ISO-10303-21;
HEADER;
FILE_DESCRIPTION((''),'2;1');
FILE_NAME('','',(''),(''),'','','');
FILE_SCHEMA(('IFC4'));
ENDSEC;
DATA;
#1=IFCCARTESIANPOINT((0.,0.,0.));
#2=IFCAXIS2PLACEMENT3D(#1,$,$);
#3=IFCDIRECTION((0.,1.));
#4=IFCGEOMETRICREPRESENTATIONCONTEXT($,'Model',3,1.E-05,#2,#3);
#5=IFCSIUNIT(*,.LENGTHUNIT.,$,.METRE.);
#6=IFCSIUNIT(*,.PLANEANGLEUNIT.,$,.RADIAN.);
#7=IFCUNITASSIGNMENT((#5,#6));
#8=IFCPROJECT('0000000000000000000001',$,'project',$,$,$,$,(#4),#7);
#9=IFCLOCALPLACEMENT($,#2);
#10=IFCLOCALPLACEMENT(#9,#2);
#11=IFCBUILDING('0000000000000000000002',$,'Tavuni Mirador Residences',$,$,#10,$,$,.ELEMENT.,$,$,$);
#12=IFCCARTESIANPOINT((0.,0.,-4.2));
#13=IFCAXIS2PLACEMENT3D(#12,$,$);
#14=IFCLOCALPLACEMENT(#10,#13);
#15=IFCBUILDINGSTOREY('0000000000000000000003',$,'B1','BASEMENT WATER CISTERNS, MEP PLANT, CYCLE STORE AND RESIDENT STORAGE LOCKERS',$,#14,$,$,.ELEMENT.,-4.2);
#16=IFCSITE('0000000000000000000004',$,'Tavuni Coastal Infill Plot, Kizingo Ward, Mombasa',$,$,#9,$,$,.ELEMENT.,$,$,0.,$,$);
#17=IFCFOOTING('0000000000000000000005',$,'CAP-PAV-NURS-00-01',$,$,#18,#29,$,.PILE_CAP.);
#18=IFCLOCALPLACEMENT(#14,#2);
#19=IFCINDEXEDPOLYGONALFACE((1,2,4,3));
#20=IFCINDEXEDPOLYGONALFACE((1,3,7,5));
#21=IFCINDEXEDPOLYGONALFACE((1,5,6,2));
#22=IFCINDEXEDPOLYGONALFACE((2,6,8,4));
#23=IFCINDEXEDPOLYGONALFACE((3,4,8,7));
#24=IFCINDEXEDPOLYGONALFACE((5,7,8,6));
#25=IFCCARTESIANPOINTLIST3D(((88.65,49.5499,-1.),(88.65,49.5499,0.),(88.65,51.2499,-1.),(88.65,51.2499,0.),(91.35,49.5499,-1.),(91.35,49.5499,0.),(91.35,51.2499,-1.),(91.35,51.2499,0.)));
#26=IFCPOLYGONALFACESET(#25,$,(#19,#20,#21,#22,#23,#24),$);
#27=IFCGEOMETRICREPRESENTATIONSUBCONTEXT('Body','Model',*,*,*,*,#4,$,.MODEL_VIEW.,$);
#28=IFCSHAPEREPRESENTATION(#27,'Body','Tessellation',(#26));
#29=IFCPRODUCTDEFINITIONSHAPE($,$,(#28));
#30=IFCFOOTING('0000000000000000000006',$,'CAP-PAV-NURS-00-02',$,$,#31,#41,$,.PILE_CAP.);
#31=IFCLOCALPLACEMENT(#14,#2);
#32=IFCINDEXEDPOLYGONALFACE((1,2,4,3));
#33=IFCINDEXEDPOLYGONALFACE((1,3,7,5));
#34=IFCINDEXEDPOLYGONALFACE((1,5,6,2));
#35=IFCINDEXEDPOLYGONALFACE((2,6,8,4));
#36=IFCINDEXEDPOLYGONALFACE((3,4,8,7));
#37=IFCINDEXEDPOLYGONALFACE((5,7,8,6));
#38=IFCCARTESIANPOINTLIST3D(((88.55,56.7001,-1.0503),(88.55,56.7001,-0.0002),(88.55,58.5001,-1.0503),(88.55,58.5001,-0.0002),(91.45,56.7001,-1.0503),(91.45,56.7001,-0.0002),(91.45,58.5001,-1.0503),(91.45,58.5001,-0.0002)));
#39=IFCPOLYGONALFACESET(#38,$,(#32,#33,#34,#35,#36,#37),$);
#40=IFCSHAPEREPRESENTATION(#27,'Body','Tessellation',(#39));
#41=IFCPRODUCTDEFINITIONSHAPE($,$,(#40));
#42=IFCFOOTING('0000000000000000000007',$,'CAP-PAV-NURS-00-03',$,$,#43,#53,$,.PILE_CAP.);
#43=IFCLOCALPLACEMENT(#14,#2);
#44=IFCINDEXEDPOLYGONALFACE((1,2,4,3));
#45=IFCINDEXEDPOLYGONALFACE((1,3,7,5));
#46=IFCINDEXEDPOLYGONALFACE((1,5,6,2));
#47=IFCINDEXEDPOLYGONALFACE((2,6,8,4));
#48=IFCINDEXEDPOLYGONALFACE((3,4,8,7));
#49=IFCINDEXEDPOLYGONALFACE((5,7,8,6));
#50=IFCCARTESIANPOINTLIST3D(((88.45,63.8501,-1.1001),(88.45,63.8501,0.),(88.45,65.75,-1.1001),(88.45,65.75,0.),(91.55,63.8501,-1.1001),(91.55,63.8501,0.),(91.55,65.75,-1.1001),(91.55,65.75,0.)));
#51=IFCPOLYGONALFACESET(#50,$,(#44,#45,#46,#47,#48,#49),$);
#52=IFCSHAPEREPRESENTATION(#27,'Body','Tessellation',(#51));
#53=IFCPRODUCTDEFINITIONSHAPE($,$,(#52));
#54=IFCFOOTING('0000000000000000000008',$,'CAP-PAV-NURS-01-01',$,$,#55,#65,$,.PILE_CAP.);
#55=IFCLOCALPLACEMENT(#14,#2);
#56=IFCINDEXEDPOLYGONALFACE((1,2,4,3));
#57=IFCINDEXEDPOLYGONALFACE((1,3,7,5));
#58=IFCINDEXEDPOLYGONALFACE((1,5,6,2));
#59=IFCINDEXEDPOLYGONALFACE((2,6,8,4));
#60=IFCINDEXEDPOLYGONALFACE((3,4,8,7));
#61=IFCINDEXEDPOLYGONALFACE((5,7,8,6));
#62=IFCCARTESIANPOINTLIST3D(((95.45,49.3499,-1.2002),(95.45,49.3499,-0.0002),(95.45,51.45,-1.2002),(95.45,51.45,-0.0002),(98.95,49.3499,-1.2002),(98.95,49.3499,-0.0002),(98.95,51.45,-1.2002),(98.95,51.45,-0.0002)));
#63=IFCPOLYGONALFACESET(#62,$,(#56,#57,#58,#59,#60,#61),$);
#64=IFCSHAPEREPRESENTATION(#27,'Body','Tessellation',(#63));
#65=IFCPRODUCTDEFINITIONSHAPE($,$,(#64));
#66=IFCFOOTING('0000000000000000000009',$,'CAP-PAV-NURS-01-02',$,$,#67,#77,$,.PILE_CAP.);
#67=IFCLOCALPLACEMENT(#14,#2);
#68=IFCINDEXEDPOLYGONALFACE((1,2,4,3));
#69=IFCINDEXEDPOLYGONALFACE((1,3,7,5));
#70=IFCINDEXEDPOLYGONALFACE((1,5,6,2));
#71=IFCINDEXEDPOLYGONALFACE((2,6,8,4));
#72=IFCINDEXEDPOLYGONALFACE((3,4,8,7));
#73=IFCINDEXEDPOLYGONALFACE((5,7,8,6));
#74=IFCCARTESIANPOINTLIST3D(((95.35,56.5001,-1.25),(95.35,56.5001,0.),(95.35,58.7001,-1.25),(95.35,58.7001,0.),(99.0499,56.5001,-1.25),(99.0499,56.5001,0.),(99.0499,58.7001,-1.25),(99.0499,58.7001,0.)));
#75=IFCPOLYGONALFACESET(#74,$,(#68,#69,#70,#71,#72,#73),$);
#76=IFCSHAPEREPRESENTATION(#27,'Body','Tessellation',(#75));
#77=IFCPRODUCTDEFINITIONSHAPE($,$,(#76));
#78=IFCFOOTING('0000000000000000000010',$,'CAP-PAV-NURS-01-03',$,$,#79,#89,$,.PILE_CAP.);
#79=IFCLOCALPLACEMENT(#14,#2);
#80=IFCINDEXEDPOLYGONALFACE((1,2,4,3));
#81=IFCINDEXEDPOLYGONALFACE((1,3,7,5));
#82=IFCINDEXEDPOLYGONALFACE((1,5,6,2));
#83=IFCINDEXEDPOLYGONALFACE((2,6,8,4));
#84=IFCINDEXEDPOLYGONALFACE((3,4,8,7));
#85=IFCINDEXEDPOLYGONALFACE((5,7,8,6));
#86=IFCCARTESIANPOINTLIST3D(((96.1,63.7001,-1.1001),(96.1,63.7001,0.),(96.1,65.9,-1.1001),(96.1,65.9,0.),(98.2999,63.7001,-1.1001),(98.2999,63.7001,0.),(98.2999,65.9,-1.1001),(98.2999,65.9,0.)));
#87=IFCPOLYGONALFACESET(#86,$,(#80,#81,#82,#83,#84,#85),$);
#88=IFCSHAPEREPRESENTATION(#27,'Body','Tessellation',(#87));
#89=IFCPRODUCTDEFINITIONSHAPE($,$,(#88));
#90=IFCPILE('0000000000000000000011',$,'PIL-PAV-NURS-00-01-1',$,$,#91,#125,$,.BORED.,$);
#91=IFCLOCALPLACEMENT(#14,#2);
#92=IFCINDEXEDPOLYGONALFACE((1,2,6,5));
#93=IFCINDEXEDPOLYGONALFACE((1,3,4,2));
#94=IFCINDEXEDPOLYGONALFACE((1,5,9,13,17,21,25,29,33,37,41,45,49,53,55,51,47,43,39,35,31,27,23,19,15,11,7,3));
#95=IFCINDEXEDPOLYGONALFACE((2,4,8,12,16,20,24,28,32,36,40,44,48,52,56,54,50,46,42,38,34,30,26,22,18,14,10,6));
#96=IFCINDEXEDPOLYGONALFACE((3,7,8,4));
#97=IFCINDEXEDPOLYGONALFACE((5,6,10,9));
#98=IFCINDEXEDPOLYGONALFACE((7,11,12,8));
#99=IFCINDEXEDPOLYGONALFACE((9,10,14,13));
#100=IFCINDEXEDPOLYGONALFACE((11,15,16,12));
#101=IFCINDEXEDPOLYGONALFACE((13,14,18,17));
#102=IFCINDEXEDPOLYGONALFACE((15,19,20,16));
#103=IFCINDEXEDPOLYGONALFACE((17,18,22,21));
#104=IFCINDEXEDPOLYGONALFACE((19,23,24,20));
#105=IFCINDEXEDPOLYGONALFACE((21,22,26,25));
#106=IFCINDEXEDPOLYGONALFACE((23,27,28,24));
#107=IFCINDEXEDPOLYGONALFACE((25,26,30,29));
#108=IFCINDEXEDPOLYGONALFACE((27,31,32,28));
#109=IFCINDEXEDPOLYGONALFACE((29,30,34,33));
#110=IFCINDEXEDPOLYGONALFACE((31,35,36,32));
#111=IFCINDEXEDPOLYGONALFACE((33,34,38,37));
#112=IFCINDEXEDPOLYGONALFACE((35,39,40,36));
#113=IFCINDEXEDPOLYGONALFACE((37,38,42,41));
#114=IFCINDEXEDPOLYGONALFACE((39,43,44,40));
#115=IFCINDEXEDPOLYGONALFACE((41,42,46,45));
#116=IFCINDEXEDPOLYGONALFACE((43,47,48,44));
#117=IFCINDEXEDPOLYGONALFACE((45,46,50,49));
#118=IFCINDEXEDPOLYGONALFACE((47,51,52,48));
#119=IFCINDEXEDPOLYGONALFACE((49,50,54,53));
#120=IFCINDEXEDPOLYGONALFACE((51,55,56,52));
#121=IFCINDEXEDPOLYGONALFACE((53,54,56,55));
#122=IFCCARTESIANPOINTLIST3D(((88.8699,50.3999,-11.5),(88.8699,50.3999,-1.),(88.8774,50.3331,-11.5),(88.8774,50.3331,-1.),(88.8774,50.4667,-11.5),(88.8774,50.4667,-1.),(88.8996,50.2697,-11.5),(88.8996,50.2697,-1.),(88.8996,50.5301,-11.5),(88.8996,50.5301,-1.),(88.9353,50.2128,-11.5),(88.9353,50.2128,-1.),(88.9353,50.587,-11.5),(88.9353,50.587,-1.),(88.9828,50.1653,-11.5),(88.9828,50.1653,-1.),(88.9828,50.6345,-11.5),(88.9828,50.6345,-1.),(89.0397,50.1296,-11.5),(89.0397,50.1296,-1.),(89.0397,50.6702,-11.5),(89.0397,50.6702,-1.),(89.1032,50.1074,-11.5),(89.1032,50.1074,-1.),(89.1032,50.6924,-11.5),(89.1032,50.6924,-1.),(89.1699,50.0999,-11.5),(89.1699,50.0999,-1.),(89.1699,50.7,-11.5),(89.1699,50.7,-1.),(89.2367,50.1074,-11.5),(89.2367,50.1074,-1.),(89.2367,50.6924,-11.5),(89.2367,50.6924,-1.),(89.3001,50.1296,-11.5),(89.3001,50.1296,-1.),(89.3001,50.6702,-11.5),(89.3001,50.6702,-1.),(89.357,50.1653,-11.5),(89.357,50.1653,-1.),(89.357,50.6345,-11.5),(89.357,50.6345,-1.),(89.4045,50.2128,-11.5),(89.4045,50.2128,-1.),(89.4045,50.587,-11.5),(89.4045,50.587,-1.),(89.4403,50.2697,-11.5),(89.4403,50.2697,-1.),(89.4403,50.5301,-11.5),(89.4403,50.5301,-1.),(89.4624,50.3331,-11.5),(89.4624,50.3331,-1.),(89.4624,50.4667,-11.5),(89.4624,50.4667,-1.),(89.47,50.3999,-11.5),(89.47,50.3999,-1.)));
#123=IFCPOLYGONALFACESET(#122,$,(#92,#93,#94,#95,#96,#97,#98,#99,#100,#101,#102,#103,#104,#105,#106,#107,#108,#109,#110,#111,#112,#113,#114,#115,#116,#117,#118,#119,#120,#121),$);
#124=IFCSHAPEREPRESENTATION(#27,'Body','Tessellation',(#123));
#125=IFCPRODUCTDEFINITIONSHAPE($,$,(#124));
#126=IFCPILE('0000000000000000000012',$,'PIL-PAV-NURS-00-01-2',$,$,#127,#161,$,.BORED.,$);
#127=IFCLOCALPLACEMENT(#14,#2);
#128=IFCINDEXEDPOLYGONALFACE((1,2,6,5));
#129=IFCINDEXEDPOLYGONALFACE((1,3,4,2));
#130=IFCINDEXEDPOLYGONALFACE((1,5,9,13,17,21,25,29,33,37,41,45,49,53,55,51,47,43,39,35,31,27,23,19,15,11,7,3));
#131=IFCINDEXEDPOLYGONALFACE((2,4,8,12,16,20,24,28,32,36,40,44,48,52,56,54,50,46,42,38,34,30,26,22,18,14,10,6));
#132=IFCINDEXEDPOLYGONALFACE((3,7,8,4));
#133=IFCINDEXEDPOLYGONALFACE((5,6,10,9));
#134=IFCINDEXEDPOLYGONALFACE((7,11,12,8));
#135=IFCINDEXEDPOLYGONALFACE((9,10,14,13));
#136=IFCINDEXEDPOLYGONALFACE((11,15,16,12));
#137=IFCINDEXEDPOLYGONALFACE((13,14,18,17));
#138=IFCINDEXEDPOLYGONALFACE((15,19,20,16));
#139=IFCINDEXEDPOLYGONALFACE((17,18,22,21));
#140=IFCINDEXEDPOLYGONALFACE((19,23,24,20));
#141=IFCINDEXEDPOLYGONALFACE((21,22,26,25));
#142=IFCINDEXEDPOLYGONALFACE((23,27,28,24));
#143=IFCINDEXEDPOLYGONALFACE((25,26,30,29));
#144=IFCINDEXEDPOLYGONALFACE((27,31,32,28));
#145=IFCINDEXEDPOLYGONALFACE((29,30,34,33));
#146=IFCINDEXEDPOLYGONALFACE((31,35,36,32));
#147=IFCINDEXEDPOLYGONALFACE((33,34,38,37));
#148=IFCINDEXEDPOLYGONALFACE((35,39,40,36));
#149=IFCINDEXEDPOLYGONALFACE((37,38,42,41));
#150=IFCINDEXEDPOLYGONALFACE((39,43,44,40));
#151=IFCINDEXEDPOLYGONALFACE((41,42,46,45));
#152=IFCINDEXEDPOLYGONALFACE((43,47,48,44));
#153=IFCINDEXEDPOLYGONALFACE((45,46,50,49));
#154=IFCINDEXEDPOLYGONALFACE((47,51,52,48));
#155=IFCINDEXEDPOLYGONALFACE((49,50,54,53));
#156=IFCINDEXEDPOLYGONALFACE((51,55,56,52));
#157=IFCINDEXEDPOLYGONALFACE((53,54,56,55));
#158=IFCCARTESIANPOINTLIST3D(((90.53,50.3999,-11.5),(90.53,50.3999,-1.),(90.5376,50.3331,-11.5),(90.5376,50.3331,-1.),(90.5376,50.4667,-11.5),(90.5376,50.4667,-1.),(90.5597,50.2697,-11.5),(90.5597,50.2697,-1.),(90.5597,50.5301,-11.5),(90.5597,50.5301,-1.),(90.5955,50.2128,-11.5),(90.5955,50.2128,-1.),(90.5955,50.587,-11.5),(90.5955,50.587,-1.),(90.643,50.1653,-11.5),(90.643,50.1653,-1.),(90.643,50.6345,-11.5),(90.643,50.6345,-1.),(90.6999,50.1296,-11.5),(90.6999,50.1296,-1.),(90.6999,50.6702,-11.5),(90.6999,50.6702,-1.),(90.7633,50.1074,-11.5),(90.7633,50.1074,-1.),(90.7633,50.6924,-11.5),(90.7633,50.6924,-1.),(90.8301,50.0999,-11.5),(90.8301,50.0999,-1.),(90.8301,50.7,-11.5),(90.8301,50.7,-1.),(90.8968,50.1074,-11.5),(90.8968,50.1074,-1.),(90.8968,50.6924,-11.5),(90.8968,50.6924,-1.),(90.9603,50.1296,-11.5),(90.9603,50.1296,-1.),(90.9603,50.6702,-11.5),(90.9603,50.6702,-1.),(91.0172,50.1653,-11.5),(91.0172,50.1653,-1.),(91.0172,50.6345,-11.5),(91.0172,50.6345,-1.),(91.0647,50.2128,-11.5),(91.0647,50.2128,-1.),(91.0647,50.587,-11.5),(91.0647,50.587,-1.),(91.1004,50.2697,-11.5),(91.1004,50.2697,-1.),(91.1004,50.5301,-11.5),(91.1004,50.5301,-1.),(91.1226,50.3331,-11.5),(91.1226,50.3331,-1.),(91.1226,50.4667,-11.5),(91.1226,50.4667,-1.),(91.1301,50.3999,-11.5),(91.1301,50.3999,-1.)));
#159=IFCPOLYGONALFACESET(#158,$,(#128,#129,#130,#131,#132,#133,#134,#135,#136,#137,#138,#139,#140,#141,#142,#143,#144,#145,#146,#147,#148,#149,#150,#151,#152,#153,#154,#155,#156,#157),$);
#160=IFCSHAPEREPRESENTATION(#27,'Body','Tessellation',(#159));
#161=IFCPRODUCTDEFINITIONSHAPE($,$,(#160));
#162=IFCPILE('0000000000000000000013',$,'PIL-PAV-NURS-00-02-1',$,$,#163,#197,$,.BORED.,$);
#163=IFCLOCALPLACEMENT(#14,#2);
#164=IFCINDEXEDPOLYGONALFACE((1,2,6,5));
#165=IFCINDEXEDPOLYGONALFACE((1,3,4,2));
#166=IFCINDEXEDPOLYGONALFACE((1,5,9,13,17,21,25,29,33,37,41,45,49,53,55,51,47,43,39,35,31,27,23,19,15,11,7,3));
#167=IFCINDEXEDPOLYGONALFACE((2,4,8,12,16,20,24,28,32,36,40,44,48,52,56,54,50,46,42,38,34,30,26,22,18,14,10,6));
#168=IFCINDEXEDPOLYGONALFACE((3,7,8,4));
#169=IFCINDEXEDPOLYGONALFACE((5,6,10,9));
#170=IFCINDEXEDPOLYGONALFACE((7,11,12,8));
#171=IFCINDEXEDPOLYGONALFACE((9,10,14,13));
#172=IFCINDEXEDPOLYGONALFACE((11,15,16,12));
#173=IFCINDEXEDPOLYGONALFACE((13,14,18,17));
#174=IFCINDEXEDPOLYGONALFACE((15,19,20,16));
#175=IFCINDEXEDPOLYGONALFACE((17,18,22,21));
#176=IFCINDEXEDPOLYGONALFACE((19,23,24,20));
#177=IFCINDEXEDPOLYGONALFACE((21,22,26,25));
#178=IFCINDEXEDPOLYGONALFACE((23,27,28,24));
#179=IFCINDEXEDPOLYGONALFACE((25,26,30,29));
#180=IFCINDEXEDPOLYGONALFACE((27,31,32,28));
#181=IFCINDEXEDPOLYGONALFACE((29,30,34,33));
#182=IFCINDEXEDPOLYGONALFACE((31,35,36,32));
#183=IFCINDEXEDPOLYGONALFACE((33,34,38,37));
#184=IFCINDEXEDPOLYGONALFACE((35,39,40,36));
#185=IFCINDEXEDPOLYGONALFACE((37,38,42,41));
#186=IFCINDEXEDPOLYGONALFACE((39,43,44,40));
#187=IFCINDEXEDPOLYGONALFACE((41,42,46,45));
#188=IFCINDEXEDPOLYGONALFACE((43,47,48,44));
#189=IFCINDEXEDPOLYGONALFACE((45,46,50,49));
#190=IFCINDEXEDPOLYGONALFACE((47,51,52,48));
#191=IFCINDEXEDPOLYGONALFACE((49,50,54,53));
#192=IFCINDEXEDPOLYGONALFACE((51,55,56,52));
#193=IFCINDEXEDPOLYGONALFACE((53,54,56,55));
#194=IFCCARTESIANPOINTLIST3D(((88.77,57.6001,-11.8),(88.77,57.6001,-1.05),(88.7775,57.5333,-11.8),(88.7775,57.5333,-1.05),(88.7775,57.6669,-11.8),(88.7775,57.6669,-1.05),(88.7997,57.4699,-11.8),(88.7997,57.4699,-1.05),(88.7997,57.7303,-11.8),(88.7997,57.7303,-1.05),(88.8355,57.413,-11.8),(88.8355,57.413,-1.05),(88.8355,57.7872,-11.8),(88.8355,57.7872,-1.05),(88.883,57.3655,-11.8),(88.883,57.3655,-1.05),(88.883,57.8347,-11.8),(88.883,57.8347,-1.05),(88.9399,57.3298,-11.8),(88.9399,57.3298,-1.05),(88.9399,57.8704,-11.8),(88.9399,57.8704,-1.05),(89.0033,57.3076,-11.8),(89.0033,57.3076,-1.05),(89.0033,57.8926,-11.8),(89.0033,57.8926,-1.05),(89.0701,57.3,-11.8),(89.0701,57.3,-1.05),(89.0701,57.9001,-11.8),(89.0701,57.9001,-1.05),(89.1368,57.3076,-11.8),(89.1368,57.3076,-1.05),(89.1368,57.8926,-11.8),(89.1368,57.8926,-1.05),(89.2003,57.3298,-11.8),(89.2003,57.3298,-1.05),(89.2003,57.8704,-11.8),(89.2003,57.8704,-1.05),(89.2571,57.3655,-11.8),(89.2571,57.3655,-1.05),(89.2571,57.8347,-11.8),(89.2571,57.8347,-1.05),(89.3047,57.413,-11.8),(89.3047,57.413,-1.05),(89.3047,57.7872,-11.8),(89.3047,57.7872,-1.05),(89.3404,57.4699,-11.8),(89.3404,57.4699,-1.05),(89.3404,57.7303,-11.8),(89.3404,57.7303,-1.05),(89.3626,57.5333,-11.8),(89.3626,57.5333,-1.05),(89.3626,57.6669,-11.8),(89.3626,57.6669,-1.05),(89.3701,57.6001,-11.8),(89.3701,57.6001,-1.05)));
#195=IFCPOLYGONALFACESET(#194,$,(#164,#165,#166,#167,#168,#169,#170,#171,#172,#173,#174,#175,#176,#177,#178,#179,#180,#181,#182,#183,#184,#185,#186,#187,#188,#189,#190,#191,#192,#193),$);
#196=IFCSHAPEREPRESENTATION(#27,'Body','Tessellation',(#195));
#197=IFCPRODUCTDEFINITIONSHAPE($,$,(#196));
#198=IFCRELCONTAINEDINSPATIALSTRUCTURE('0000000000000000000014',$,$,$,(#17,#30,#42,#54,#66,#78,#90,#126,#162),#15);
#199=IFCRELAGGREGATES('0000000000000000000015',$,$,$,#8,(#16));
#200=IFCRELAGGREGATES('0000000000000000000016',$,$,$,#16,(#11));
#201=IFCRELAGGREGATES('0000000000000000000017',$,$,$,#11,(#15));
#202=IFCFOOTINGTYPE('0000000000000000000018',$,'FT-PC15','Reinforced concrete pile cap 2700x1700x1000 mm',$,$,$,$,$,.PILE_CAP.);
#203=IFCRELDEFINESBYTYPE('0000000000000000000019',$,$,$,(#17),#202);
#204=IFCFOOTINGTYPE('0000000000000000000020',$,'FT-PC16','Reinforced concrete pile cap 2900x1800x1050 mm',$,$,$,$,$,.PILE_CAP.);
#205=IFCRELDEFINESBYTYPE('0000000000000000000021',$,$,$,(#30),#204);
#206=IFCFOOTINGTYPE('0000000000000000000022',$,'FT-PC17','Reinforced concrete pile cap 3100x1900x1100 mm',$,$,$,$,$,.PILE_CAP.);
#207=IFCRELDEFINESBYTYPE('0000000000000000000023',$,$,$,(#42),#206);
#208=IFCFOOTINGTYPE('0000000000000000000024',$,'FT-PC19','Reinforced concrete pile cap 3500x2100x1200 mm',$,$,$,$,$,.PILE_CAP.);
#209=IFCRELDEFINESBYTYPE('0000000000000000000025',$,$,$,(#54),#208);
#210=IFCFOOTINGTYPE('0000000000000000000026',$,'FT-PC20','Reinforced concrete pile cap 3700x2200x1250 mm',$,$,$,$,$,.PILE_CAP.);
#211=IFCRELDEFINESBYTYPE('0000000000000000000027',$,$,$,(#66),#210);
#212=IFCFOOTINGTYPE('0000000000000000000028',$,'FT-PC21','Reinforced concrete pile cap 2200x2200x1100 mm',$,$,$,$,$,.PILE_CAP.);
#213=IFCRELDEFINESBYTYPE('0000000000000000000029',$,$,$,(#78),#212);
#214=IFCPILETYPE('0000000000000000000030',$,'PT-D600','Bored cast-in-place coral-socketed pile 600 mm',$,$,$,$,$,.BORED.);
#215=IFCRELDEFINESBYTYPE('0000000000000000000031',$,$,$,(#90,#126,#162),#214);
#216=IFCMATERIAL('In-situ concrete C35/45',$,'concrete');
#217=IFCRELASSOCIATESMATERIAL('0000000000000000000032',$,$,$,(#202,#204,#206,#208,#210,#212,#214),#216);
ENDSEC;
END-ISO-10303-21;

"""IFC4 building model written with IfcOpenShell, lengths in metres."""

from ifc_helpers import new_model, si_unit, direction, frame, origin, origin_2d, place, context, subcontext, project, spatial, rectangle, circle, extrude, material, material_profile, profile_set, type_object, element, save


model = new_model("IFC4")

# Units and contexts
model_context = context("Model", 3, precision=1e-05, world=origin(), true_north=direction((0.0, 1.0)))
body_context = subcontext(model_context, "Body", "Model", "MODEL_VIEW")
ifc_project = project(units=[si_unit("LENGTHUNIT", "METRE"), si_unit("PLANEANGLEUNIT", "RADIAN")], contexts=[model_context])

# Site, building, storey
site_placement = place(None, origin())
site = spatial("IfcSite", under=ifc_project, at=site_placement, Name="Tavuni Coastal Infill Plot, Kizingo Ward, Mombasa", CompositionType="ELEMENT", RefElevation=0.0)
building_placement = place(site_placement, origin())
building = spatial("IfcBuilding", under=site, at=building_placement, Name="Tavuni Mirador Residences", CompositionType="ELEMENT")
storey_placement = place(building_placement, frame((0.0, 0.0, -4.2)))
storey = spatial("IfcBuildingStorey", under=building, at=storey_placement, Name="B1", Description="BASEMENT WATER CISTERNS, MEP PLANT, CYCLE STORE AND RESIDENT STORAGE LOCKERS", CompositionType="ELEMENT", Elevation=-4.2)

# Footings
ifc_material_1 = material(Name="In-situ concrete C35/45", Category="concrete")
footing_type_1 = type_object("IfcFootingType", Name="FT-PC15", Description="Reinforced concrete pile cap 2700x1700x1000 mm", PredefinedType="PILE_CAP", material=ifc_material_1)
footing_1_placement = place(storey_placement, frame((90.0, 50.3999, -1.0), z_axis=(0.0, 0.0, 1.0), x_axis=(1.0, 0.0, 0.0)))
element("IfcFooting", 1, at=footing_1_placement, inside=storey, type_object=footing_type_1, Name="CAP-PAV-NURS-00-01", PredefinedType="PILE_CAP", context=body_context, shape_type="SweptSolid", body=[
    extrude(rectangle(XDim=2.7, YDim=1.7, at=origin_2d()), origin(), (0.0, 0.0, 1.0), 1.0),
])
footing_type_2 = type_object("IfcFootingType", Name="FT-PC16", Description="Reinforced concrete pile cap 2900x1800x1050 mm", PredefinedType="PILE_CAP", material=ifc_material_1)
footing_2_placement = place(storey_placement, frame((90.0, 57.6001, -1.0503), z_axis=(0.0, 0.0, 1.0), x_axis=(1.0, 0.0, 0.0)))
element("IfcFooting", 2, at=footing_2_placement, inside=storey, type_object=footing_type_2, Name="CAP-PAV-NURS-00-02", PredefinedType="PILE_CAP", context=body_context, shape_type="SweptSolid", body=[
    extrude(rectangle(XDim=2.8999, YDim=1.8, at=origin_2d()), origin(), (0.0, 0.0, 1.0), 1.05),
])
footing_type_3 = type_object("IfcFootingType", Name="FT-PC17", Description="Reinforced concrete pile cap 3100x1900x1100 mm", PredefinedType="PILE_CAP", material=ifc_material_1)
footing_3_placement = place(storey_placement, frame((90.0, 64.8, -1.1001), z_axis=(0.0, 0.0, 1.0), x_axis=(1.0, 0.0, 0.0)))
element("IfcFooting", 3, at=footing_3_placement, inside=storey, type_object=footing_type_3, Name="CAP-PAV-NURS-00-03", PredefinedType="PILE_CAP", context=body_context, shape_type="SweptSolid", body=[
    extrude(rectangle(XDim=3.1001, YDim=1.8999, at=origin_2d()), origin(), (0.0, 0.0, 1.0), 1.1001),
])
footing_type_4 = type_object("IfcFootingType", Name="FT-PC19", Description="Reinforced concrete pile cap 3500x2100x1200 mm", PredefinedType="PILE_CAP", material=ifc_material_1)
footing_4_placement = place(storey_placement, frame((97.2, 50.3999, -1.2002), z_axis=(0.0, 0.0, 1.0), x_axis=(1.0, 0.0, 0.0)))
element("IfcFooting", 4, at=footing_4_placement, inside=storey, type_object=footing_type_4, Name="CAP-PAV-NURS-01-01", PredefinedType="PILE_CAP", context=body_context, shape_type="SweptSolid", body=[
    extrude(rectangle(XDim=3.5, YDim=2.1001, at=origin_2d()), origin(), (0.0, 0.0, 1.0), 1.2),
])
footing_type_5 = type_object("IfcFootingType", Name="FT-PC20", Description="Reinforced concrete pile cap 3700x2200x1250 mm", PredefinedType="PILE_CAP", material=ifc_material_1)
footing_5_placement = place(storey_placement, frame((97.2, 57.6001, -1.25), z_axis=(0.0, 0.0, 1.0), x_axis=(1.0, 0.0, 0.0)))
element("IfcFooting", 5, at=footing_5_placement, inside=storey, type_object=footing_type_5, Name="CAP-PAV-NURS-01-02", PredefinedType="PILE_CAP", context=body_context, shape_type="SweptSolid", body=[
    extrude(rectangle(XDim=3.7, YDim=2.2, at=origin_2d()), origin(), (0.0, 0.0, 1.0), 1.25),
])
footing_type_6 = type_object("IfcFootingType", Name="FT-PC21", Description="Reinforced concrete pile cap 2200x2200x1100 mm", PredefinedType="PILE_CAP", material=ifc_material_1)
footing_6_placement = place(storey_placement, frame((97.2, 64.8, -1.1001), z_axis=(0.0, 0.0, 1.0), x_axis=(1.0, 0.0, 0.0)))
element("IfcFooting", 6, at=footing_6_placement, inside=storey, type_object=footing_type_6, Name="CAP-PAV-NURS-01-03", PredefinedType="PILE_CAP", context=body_context, shape_type="SweptSolid", body=[
    extrude(rectangle(XDim=2.2, YDim=2.2, at=origin_2d()), origin(), (0.0, 0.0, 1.0), 1.1001),
])

# Piles
ifc_material_profile_1 = material_profile(ifc_material_1, circle(Radius=0.3, at=origin_2d()), Name="PILE D600", Category="concrete")
ifc_profile_set_1 = profile_set([ifc_material_profile_1], Name="In-situ concrete C35/45")
pile_type_1 = type_object("IfcPileType", Name="PT-D600", Description="Bored cast-in-place coral-socketed pile 600 mm", PredefinedType="BORED", material=ifc_profile_set_1)
for number, where, z_axis, x_axis, name in (
    (7, (89.1699, 50.3999, -1.0), (0.0, 0.0, -1.0), (1.0, 0.0, 0.0), "PIL-PAV-NURS-00-01-1"),
    (8, (90.8301, 50.3999, -1.0), (0.0, 0.0, -1.0), (1.0, 0.0, 0.0), "PIL-PAV-NURS-00-01-2"),
):
    element("IfcPile", number, at=place(storey_placement, frame(where, z_axis=z_axis, x_axis=x_axis)), inside=storey, type_object=pile_type_1, Name=name, PredefinedType="BORED", context=body_context, shape_type="SweptSolid", body=[
        extrude(circle(Radius=0.3, at=origin_2d()), origin(), (0.0, 0.0, 1.0), 10.5),
    ])
for number, where, z_axis, x_axis, name in (
    (9, (89.0701, 57.6001, -1.05), (0.0, 0.0, -1.0), (1.0, 0.0, 0.0), "PIL-PAV-NURS-00-02-1"),
):
    element("IfcPile", number, at=place(storey_placement, frame(where, z_axis=z_axis, x_axis=x_axis)), inside=storey, type_object=pile_type_1, Name=name, PredefinedType="BORED", context=body_context, shape_type="SweptSolid", body=[
        extrude(circle(Radius=0.3, at=origin_2d()), origin(), (0.0, 0.0, 1.0), 10.75),
    ])

save(model, "model.ifc")
